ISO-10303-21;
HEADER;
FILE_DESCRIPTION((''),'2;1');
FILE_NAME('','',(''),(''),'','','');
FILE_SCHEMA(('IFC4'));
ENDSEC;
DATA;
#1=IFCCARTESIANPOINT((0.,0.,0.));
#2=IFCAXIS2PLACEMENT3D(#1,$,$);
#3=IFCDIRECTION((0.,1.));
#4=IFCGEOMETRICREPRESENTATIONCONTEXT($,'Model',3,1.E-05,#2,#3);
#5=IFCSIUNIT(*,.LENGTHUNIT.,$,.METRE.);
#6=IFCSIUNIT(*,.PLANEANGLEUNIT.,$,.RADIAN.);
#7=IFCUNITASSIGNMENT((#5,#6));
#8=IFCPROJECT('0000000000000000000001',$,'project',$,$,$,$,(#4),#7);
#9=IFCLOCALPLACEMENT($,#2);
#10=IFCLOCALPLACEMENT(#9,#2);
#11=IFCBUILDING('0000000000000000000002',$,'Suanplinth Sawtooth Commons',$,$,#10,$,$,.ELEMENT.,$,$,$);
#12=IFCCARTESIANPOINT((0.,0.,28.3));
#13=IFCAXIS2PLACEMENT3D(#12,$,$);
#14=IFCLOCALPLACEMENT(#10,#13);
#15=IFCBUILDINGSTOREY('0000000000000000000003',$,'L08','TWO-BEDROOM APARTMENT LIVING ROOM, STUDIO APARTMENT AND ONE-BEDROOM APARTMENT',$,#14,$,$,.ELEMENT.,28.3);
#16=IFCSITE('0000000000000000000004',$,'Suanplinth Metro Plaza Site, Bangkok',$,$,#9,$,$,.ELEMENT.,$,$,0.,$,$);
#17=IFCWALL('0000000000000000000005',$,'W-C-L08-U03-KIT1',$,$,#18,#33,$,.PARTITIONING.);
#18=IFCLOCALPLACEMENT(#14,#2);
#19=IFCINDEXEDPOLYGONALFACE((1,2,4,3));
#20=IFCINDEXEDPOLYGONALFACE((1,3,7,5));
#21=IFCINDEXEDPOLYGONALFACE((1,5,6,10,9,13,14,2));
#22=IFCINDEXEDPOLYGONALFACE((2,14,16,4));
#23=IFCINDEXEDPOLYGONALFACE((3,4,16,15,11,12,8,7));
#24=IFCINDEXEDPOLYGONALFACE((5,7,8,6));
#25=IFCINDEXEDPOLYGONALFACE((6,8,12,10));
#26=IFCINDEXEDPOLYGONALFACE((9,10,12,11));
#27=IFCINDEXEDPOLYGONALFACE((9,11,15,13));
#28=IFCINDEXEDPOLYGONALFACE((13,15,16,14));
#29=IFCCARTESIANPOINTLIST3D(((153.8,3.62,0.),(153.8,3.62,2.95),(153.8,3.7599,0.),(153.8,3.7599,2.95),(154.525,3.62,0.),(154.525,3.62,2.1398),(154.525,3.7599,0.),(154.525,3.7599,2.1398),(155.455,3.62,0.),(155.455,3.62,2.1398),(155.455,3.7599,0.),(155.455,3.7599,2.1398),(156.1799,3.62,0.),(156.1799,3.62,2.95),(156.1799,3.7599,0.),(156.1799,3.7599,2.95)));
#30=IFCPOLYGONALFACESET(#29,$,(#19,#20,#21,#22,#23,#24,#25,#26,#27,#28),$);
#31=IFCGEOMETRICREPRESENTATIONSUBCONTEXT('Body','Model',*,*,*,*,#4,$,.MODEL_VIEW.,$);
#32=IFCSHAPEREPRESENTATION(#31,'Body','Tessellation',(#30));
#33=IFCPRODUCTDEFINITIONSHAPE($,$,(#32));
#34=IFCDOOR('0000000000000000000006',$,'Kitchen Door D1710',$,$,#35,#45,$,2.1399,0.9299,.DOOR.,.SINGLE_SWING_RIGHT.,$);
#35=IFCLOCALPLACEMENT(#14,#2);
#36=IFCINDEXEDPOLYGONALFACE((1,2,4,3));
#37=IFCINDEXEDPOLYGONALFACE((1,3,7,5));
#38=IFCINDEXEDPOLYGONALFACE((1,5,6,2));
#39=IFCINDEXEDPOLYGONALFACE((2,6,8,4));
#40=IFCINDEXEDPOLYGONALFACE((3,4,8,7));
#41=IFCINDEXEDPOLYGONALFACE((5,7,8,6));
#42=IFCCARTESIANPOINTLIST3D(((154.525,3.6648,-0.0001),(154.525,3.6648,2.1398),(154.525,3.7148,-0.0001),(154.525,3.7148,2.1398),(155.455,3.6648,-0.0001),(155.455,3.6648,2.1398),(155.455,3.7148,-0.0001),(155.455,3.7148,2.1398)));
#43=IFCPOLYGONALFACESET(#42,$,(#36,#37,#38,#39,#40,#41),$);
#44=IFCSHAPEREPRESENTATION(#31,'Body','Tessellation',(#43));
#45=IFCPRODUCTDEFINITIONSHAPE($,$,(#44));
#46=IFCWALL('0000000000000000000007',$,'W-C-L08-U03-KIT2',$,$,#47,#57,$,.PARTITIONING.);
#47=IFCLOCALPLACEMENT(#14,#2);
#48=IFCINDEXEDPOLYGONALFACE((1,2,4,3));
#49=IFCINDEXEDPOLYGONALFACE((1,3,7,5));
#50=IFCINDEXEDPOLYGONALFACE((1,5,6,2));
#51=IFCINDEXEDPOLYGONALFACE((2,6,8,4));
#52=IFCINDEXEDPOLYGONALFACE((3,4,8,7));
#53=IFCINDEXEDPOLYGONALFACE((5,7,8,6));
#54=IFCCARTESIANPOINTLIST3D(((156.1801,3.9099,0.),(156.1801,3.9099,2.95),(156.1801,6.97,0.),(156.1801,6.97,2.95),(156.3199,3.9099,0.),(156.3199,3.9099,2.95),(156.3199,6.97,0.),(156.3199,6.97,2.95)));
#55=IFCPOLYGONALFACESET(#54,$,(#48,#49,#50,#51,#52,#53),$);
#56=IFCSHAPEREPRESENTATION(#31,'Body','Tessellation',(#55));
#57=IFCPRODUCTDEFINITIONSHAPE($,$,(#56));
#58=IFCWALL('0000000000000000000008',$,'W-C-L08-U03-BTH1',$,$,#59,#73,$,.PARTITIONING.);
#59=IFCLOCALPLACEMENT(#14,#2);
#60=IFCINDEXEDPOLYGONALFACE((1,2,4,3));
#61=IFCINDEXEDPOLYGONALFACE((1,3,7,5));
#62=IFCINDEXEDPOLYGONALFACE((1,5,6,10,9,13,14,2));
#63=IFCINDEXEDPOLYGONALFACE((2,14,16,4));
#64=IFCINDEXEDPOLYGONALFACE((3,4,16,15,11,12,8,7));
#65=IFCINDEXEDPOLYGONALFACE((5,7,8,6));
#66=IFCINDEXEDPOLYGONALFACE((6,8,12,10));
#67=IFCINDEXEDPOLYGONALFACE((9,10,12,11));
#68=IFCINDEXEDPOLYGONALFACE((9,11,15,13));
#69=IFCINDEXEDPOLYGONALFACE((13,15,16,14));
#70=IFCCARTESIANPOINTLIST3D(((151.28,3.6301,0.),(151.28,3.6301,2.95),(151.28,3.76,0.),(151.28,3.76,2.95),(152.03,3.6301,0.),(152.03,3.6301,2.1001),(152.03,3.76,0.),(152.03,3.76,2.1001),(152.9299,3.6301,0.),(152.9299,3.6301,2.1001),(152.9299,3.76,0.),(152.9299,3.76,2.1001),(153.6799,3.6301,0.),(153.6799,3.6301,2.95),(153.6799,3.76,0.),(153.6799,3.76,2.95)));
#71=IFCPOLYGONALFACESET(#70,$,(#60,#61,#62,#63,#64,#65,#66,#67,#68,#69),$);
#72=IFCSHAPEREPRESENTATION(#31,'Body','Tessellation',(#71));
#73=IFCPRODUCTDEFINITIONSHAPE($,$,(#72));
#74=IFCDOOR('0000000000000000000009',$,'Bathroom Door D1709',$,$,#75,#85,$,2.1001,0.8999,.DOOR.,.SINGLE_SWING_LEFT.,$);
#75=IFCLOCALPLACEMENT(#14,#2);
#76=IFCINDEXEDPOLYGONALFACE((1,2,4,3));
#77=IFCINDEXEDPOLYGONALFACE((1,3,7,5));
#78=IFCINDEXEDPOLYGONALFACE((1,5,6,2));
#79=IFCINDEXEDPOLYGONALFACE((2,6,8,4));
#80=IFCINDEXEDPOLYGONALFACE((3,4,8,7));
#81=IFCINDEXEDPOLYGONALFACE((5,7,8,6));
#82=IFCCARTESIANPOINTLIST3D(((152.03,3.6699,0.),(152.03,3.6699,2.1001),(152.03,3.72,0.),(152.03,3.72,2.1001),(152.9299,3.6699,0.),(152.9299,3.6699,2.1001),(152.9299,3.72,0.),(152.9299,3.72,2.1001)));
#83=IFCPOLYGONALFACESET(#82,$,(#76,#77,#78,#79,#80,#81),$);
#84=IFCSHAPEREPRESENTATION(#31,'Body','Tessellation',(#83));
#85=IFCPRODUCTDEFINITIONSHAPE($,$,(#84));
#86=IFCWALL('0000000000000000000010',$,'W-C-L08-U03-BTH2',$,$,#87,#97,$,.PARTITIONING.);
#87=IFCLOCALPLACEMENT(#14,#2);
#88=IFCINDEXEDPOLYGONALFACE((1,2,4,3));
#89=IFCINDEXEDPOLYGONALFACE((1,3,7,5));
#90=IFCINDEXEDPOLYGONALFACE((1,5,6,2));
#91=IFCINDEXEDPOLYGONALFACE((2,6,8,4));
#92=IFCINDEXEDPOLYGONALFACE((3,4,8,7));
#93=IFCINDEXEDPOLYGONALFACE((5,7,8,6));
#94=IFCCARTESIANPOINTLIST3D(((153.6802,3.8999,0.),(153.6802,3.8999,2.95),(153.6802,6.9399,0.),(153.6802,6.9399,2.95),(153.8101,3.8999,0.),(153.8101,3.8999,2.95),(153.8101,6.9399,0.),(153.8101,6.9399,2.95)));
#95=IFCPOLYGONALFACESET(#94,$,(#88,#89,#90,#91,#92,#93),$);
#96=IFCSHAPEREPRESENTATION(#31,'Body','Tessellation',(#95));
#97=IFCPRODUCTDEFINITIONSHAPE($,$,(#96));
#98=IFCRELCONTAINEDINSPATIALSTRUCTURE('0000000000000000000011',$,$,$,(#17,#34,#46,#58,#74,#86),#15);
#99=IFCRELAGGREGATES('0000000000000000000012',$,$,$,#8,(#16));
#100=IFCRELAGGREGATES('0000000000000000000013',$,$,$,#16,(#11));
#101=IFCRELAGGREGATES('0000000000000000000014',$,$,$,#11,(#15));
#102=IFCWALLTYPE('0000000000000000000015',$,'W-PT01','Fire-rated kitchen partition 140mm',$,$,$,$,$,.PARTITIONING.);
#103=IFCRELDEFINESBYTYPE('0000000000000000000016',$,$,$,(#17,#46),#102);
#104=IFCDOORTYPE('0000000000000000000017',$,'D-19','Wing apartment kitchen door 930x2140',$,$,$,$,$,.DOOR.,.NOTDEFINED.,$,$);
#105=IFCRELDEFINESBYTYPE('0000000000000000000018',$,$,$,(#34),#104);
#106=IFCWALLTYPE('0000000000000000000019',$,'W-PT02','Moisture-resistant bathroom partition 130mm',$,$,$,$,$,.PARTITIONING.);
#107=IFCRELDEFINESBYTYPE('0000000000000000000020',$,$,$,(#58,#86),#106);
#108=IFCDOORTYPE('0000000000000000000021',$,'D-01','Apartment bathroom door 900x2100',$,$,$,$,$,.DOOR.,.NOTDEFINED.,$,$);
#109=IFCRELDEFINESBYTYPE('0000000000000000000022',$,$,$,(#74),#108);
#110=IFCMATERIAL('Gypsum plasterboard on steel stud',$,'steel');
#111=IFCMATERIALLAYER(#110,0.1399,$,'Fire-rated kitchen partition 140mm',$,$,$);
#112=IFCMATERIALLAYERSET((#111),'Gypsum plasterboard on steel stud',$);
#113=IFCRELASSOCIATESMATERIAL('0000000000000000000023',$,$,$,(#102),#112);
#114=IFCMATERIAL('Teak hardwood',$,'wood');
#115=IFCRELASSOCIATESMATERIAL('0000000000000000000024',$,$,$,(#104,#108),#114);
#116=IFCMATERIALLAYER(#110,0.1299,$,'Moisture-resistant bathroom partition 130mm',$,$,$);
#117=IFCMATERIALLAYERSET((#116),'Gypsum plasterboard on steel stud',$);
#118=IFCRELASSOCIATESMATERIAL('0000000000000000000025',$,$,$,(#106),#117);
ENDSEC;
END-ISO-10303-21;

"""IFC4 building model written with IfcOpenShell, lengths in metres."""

from ifc_helpers import new_model, si_unit, direction, frame, frame_2d, origin, place, context, subcontext, project, spatial, rectangle, extrude, material, layer, layer_set, type_object, element, fill, save


model = new_model("IFC4")

# Units and contexts
model_context = context("Model", 3, precision=1e-05, world=origin(), true_north=direction((0.0, 1.0)))
body_context = subcontext(model_context, "Body", "Model", "MODEL_VIEW")
ifc_project = project(units=[si_unit("LENGTHUNIT", "METRE"), si_unit("PLANEANGLEUNIT", "RADIAN")], contexts=[model_context])

# Site, building, storey
site_placement = place(None, origin())
site = spatial("IfcSite", under=ifc_project, at=site_placement, Name="Suanplinth Metro Plaza Site, Bangkok", CompositionType="ELEMENT", RefElevation=0.0)
building_placement = place(site_placement, origin())
building = spatial("IfcBuilding", under=site, at=building_placement, Name="Suanplinth Sawtooth Commons", CompositionType="ELEMENT")
storey_placement = place(building_placement, frame((0.0, 0.0, 28.3)))
storey = spatial("IfcBuildingStorey", under=building, at=storey_placement, Name="L08", Description="TWO-BEDROOM APARTMENT LIVING ROOM, STUDIO APARTMENT AND ONE-BEDROOM APARTMENT", CompositionType="ELEMENT", Elevation=28.3)

# Wall, opening, door
ifc_material_1 = material(Name="Gypsum plasterboard on steel stud", Category="steel")
ifc_layer_1 = layer(ifc_material_1, 0.1399, Name="Fire-rated kitchen partition 140mm")
ifc_layer_set_1 = layer_set([ifc_layer_1], Name="Gypsum plasterboard on steel stud")
wall_type_1 = type_object("IfcWallType", Name="W-PT01", Description="Fire-rated kitchen partition 140mm", PredefinedType="PARTITIONING", material=ifc_layer_set_1)
wall_1_placement = place(storey_placement, frame((153.8, 3.6899, 0.0), z_axis=(0.0, 0.0, 1.0), x_axis=(1.0, 0.0, 0.0)))
wall_1 = element("IfcWall", 1, at=wall_1_placement, inside=storey, type_object=wall_type_1, Name="W-C-L08-U03-KIT1", PredefinedType="PARTITIONING", context=body_context, shape_type="SweptSolid", body=[
    extrude(rectangle(XDim=2.3799, YDim=0.1399, at=frame_2d((1.1899, 0.0))), origin(), (0.0, 0.0, 1.0), 2.95),
])
opening_1_placement = place(wall_1_placement, frame((0.7251, 0.0, 0.0)))
opening_1 = element("IfcOpeningElement", 2, at=opening_1_placement, cuts=wall_1, PredefinedType="OPENING", context=body_context, shape_type="SweptSolid", body=[
    extrude(rectangle(XDim=0.9299, YDim=2.1399, at=frame_2d((0.4648, 1.0698))), frame((0.0, 0.085, 0.0), z_axis=(0.0, -1.0, 0.0), x_axis=(1.0, 0.0, 0.0)), (0.0, 0.0, 1.0), 0.1697),
])
ifc_material_2 = material(Name="Teak hardwood", Category="wood")
door_type_1 = type_object("IfcDoorType", Name="D-19", Description="Wing apartment kitchen door 930x2140", OperationType="NOTDEFINED", PredefinedType="DOOR", material=ifc_material_2)
door_1_placement = place(opening_1_placement, origin())
door_1 = element("IfcDoor", 3, at=door_1_placement, inside=storey, type_object=door_type_1, Name="Kitchen Door D1710", OperationType="SINGLE_SWING_RIGHT", OverallHeight=2.1399, OverallWidth=0.9299, PredefinedType="DOOR", context=body_context, shape_type="SweptSolid", body=[
    extrude(rectangle(XDim=0.9299, YDim=2.1399, at=frame_2d((0.4648, 1.0698))), frame((0.0, 0.0249, 0.0), z_axis=(0.0, -1.0, 0.0), x_axis=(1.0, 0.0, 0.0)), (0.0, 0.0, 1.0), 0.05),
])
fill(opening_1, door_1)

# Wall
wall_2_placement = place(storey_placement, frame((156.25, 3.9099, 0.0), z_axis=(0.0, 0.0, 1.0), x_axis=(0.0, 1.0, 0.0)))
element("IfcWall", 4, at=wall_2_placement, inside=storey, type_object=wall_type_1, Name="W-C-L08-U03-KIT2", PredefinedType="PARTITIONING", context=body_context, shape_type="SweptSolid", body=[
    extrude(rectangle(XDim=3.0601, YDim=0.1399, at=frame_2d((1.53, 0.0))), origin(), (0.0, 0.0, 1.0), 2.95),
])

# Wall, opening, door
ifc_layer_2 = layer(ifc_material_1, 0.1299, Name="Moisture-resistant bathroom partition 130mm")
ifc_layer_set_2 = layer_set([ifc_layer_2], Name="Gypsum plasterboard on steel stud")
wall_type_2 = type_object("IfcWallType", Name="W-PT02", Description="Moisture-resistant bathroom partition 130mm", PredefinedType="PARTITIONING", material=ifc_layer_set_2)
wall_3_placement = place(storey_placement, frame((151.28, 3.6951, 0.0), z_axis=(0.0, 0.0, 1.0), x_axis=(1.0, 0.0, 0.0)))
wall_3 = element("IfcWall", 5, at=wall_3_placement, inside=storey, type_object=wall_type_2, Name="W-C-L08-U03-BTH1", PredefinedType="PARTITIONING", context=body_context, shape_type="SweptSolid", body=[
    extrude(rectangle(XDim=2.3999, YDim=0.1299, at=frame_2d((1.2, 0.0))), origin(), (0.0, 0.0, 1.0), 2.95),
])
opening_2_placement = place(wall_3_placement, frame((0.75, 0.0, 0.0)))
opening_2 = element("IfcOpeningElement", 6, at=opening_2_placement, cuts=wall_3, PredefinedType="OPENING", context=body_context, shape_type="SweptSolid", body=[
    extrude(rectangle(XDim=0.8999, YDim=2.1001, at=frame_2d((0.45, 1.05))), frame((0.0, 0.0798, 0.0), z_axis=(0.0, -1.0, 0.0), x_axis=(1.0, 0.0, 0.0)), (0.0, 0.0, 1.0), 0.1597),
])
door_type_2 = type_object("IfcDoorType", Name="D-01", Description="Apartment bathroom door 900x2100", OperationType="NOTDEFINED", PredefinedType="DOOR", material=ifc_material_2)
door_2_placement = place(opening_2_placement, origin())
door_2 = element("IfcDoor", 7, at=door_2_placement, inside=storey, type_object=door_type_2, Name="Bathroom Door D1709", OperationType="SINGLE_SWING_LEFT", OverallHeight=2.1001, OverallWidth=0.8999, PredefinedType="DOOR", context=body_context, shape_type="SweptSolid", body=[
    extrude(rectangle(XDim=0.8999, YDim=2.1001, at=frame_2d((0.45, 1.05))), frame((0.0, 0.0249, 0.0), z_axis=(0.0, -1.0, 0.0), x_axis=(1.0, 0.0, 0.0)), (0.0, 0.0, 1.0), 0.05),
])
fill(opening_2, door_2)

# Wall
wall_4_placement = place(storey_placement, frame((153.7451, 3.8999, 0.0), z_axis=(0.0, 0.0, 1.0), x_axis=(0.0, 1.0, 0.0)))
element("IfcWall", 8, at=wall_4_placement, inside=storey, type_object=wall_type_2, Name="W-C-L08-U03-BTH2", PredefinedType="PARTITIONING", context=body_context, shape_type="SweptSolid", body=[
    extrude(rectangle(XDim=3.04, YDim=0.1299, at=frame_2d((1.52, 0.0))), origin(), (0.0, 0.0, 1.0), 2.95),
])

save(model, "model.ifc")
